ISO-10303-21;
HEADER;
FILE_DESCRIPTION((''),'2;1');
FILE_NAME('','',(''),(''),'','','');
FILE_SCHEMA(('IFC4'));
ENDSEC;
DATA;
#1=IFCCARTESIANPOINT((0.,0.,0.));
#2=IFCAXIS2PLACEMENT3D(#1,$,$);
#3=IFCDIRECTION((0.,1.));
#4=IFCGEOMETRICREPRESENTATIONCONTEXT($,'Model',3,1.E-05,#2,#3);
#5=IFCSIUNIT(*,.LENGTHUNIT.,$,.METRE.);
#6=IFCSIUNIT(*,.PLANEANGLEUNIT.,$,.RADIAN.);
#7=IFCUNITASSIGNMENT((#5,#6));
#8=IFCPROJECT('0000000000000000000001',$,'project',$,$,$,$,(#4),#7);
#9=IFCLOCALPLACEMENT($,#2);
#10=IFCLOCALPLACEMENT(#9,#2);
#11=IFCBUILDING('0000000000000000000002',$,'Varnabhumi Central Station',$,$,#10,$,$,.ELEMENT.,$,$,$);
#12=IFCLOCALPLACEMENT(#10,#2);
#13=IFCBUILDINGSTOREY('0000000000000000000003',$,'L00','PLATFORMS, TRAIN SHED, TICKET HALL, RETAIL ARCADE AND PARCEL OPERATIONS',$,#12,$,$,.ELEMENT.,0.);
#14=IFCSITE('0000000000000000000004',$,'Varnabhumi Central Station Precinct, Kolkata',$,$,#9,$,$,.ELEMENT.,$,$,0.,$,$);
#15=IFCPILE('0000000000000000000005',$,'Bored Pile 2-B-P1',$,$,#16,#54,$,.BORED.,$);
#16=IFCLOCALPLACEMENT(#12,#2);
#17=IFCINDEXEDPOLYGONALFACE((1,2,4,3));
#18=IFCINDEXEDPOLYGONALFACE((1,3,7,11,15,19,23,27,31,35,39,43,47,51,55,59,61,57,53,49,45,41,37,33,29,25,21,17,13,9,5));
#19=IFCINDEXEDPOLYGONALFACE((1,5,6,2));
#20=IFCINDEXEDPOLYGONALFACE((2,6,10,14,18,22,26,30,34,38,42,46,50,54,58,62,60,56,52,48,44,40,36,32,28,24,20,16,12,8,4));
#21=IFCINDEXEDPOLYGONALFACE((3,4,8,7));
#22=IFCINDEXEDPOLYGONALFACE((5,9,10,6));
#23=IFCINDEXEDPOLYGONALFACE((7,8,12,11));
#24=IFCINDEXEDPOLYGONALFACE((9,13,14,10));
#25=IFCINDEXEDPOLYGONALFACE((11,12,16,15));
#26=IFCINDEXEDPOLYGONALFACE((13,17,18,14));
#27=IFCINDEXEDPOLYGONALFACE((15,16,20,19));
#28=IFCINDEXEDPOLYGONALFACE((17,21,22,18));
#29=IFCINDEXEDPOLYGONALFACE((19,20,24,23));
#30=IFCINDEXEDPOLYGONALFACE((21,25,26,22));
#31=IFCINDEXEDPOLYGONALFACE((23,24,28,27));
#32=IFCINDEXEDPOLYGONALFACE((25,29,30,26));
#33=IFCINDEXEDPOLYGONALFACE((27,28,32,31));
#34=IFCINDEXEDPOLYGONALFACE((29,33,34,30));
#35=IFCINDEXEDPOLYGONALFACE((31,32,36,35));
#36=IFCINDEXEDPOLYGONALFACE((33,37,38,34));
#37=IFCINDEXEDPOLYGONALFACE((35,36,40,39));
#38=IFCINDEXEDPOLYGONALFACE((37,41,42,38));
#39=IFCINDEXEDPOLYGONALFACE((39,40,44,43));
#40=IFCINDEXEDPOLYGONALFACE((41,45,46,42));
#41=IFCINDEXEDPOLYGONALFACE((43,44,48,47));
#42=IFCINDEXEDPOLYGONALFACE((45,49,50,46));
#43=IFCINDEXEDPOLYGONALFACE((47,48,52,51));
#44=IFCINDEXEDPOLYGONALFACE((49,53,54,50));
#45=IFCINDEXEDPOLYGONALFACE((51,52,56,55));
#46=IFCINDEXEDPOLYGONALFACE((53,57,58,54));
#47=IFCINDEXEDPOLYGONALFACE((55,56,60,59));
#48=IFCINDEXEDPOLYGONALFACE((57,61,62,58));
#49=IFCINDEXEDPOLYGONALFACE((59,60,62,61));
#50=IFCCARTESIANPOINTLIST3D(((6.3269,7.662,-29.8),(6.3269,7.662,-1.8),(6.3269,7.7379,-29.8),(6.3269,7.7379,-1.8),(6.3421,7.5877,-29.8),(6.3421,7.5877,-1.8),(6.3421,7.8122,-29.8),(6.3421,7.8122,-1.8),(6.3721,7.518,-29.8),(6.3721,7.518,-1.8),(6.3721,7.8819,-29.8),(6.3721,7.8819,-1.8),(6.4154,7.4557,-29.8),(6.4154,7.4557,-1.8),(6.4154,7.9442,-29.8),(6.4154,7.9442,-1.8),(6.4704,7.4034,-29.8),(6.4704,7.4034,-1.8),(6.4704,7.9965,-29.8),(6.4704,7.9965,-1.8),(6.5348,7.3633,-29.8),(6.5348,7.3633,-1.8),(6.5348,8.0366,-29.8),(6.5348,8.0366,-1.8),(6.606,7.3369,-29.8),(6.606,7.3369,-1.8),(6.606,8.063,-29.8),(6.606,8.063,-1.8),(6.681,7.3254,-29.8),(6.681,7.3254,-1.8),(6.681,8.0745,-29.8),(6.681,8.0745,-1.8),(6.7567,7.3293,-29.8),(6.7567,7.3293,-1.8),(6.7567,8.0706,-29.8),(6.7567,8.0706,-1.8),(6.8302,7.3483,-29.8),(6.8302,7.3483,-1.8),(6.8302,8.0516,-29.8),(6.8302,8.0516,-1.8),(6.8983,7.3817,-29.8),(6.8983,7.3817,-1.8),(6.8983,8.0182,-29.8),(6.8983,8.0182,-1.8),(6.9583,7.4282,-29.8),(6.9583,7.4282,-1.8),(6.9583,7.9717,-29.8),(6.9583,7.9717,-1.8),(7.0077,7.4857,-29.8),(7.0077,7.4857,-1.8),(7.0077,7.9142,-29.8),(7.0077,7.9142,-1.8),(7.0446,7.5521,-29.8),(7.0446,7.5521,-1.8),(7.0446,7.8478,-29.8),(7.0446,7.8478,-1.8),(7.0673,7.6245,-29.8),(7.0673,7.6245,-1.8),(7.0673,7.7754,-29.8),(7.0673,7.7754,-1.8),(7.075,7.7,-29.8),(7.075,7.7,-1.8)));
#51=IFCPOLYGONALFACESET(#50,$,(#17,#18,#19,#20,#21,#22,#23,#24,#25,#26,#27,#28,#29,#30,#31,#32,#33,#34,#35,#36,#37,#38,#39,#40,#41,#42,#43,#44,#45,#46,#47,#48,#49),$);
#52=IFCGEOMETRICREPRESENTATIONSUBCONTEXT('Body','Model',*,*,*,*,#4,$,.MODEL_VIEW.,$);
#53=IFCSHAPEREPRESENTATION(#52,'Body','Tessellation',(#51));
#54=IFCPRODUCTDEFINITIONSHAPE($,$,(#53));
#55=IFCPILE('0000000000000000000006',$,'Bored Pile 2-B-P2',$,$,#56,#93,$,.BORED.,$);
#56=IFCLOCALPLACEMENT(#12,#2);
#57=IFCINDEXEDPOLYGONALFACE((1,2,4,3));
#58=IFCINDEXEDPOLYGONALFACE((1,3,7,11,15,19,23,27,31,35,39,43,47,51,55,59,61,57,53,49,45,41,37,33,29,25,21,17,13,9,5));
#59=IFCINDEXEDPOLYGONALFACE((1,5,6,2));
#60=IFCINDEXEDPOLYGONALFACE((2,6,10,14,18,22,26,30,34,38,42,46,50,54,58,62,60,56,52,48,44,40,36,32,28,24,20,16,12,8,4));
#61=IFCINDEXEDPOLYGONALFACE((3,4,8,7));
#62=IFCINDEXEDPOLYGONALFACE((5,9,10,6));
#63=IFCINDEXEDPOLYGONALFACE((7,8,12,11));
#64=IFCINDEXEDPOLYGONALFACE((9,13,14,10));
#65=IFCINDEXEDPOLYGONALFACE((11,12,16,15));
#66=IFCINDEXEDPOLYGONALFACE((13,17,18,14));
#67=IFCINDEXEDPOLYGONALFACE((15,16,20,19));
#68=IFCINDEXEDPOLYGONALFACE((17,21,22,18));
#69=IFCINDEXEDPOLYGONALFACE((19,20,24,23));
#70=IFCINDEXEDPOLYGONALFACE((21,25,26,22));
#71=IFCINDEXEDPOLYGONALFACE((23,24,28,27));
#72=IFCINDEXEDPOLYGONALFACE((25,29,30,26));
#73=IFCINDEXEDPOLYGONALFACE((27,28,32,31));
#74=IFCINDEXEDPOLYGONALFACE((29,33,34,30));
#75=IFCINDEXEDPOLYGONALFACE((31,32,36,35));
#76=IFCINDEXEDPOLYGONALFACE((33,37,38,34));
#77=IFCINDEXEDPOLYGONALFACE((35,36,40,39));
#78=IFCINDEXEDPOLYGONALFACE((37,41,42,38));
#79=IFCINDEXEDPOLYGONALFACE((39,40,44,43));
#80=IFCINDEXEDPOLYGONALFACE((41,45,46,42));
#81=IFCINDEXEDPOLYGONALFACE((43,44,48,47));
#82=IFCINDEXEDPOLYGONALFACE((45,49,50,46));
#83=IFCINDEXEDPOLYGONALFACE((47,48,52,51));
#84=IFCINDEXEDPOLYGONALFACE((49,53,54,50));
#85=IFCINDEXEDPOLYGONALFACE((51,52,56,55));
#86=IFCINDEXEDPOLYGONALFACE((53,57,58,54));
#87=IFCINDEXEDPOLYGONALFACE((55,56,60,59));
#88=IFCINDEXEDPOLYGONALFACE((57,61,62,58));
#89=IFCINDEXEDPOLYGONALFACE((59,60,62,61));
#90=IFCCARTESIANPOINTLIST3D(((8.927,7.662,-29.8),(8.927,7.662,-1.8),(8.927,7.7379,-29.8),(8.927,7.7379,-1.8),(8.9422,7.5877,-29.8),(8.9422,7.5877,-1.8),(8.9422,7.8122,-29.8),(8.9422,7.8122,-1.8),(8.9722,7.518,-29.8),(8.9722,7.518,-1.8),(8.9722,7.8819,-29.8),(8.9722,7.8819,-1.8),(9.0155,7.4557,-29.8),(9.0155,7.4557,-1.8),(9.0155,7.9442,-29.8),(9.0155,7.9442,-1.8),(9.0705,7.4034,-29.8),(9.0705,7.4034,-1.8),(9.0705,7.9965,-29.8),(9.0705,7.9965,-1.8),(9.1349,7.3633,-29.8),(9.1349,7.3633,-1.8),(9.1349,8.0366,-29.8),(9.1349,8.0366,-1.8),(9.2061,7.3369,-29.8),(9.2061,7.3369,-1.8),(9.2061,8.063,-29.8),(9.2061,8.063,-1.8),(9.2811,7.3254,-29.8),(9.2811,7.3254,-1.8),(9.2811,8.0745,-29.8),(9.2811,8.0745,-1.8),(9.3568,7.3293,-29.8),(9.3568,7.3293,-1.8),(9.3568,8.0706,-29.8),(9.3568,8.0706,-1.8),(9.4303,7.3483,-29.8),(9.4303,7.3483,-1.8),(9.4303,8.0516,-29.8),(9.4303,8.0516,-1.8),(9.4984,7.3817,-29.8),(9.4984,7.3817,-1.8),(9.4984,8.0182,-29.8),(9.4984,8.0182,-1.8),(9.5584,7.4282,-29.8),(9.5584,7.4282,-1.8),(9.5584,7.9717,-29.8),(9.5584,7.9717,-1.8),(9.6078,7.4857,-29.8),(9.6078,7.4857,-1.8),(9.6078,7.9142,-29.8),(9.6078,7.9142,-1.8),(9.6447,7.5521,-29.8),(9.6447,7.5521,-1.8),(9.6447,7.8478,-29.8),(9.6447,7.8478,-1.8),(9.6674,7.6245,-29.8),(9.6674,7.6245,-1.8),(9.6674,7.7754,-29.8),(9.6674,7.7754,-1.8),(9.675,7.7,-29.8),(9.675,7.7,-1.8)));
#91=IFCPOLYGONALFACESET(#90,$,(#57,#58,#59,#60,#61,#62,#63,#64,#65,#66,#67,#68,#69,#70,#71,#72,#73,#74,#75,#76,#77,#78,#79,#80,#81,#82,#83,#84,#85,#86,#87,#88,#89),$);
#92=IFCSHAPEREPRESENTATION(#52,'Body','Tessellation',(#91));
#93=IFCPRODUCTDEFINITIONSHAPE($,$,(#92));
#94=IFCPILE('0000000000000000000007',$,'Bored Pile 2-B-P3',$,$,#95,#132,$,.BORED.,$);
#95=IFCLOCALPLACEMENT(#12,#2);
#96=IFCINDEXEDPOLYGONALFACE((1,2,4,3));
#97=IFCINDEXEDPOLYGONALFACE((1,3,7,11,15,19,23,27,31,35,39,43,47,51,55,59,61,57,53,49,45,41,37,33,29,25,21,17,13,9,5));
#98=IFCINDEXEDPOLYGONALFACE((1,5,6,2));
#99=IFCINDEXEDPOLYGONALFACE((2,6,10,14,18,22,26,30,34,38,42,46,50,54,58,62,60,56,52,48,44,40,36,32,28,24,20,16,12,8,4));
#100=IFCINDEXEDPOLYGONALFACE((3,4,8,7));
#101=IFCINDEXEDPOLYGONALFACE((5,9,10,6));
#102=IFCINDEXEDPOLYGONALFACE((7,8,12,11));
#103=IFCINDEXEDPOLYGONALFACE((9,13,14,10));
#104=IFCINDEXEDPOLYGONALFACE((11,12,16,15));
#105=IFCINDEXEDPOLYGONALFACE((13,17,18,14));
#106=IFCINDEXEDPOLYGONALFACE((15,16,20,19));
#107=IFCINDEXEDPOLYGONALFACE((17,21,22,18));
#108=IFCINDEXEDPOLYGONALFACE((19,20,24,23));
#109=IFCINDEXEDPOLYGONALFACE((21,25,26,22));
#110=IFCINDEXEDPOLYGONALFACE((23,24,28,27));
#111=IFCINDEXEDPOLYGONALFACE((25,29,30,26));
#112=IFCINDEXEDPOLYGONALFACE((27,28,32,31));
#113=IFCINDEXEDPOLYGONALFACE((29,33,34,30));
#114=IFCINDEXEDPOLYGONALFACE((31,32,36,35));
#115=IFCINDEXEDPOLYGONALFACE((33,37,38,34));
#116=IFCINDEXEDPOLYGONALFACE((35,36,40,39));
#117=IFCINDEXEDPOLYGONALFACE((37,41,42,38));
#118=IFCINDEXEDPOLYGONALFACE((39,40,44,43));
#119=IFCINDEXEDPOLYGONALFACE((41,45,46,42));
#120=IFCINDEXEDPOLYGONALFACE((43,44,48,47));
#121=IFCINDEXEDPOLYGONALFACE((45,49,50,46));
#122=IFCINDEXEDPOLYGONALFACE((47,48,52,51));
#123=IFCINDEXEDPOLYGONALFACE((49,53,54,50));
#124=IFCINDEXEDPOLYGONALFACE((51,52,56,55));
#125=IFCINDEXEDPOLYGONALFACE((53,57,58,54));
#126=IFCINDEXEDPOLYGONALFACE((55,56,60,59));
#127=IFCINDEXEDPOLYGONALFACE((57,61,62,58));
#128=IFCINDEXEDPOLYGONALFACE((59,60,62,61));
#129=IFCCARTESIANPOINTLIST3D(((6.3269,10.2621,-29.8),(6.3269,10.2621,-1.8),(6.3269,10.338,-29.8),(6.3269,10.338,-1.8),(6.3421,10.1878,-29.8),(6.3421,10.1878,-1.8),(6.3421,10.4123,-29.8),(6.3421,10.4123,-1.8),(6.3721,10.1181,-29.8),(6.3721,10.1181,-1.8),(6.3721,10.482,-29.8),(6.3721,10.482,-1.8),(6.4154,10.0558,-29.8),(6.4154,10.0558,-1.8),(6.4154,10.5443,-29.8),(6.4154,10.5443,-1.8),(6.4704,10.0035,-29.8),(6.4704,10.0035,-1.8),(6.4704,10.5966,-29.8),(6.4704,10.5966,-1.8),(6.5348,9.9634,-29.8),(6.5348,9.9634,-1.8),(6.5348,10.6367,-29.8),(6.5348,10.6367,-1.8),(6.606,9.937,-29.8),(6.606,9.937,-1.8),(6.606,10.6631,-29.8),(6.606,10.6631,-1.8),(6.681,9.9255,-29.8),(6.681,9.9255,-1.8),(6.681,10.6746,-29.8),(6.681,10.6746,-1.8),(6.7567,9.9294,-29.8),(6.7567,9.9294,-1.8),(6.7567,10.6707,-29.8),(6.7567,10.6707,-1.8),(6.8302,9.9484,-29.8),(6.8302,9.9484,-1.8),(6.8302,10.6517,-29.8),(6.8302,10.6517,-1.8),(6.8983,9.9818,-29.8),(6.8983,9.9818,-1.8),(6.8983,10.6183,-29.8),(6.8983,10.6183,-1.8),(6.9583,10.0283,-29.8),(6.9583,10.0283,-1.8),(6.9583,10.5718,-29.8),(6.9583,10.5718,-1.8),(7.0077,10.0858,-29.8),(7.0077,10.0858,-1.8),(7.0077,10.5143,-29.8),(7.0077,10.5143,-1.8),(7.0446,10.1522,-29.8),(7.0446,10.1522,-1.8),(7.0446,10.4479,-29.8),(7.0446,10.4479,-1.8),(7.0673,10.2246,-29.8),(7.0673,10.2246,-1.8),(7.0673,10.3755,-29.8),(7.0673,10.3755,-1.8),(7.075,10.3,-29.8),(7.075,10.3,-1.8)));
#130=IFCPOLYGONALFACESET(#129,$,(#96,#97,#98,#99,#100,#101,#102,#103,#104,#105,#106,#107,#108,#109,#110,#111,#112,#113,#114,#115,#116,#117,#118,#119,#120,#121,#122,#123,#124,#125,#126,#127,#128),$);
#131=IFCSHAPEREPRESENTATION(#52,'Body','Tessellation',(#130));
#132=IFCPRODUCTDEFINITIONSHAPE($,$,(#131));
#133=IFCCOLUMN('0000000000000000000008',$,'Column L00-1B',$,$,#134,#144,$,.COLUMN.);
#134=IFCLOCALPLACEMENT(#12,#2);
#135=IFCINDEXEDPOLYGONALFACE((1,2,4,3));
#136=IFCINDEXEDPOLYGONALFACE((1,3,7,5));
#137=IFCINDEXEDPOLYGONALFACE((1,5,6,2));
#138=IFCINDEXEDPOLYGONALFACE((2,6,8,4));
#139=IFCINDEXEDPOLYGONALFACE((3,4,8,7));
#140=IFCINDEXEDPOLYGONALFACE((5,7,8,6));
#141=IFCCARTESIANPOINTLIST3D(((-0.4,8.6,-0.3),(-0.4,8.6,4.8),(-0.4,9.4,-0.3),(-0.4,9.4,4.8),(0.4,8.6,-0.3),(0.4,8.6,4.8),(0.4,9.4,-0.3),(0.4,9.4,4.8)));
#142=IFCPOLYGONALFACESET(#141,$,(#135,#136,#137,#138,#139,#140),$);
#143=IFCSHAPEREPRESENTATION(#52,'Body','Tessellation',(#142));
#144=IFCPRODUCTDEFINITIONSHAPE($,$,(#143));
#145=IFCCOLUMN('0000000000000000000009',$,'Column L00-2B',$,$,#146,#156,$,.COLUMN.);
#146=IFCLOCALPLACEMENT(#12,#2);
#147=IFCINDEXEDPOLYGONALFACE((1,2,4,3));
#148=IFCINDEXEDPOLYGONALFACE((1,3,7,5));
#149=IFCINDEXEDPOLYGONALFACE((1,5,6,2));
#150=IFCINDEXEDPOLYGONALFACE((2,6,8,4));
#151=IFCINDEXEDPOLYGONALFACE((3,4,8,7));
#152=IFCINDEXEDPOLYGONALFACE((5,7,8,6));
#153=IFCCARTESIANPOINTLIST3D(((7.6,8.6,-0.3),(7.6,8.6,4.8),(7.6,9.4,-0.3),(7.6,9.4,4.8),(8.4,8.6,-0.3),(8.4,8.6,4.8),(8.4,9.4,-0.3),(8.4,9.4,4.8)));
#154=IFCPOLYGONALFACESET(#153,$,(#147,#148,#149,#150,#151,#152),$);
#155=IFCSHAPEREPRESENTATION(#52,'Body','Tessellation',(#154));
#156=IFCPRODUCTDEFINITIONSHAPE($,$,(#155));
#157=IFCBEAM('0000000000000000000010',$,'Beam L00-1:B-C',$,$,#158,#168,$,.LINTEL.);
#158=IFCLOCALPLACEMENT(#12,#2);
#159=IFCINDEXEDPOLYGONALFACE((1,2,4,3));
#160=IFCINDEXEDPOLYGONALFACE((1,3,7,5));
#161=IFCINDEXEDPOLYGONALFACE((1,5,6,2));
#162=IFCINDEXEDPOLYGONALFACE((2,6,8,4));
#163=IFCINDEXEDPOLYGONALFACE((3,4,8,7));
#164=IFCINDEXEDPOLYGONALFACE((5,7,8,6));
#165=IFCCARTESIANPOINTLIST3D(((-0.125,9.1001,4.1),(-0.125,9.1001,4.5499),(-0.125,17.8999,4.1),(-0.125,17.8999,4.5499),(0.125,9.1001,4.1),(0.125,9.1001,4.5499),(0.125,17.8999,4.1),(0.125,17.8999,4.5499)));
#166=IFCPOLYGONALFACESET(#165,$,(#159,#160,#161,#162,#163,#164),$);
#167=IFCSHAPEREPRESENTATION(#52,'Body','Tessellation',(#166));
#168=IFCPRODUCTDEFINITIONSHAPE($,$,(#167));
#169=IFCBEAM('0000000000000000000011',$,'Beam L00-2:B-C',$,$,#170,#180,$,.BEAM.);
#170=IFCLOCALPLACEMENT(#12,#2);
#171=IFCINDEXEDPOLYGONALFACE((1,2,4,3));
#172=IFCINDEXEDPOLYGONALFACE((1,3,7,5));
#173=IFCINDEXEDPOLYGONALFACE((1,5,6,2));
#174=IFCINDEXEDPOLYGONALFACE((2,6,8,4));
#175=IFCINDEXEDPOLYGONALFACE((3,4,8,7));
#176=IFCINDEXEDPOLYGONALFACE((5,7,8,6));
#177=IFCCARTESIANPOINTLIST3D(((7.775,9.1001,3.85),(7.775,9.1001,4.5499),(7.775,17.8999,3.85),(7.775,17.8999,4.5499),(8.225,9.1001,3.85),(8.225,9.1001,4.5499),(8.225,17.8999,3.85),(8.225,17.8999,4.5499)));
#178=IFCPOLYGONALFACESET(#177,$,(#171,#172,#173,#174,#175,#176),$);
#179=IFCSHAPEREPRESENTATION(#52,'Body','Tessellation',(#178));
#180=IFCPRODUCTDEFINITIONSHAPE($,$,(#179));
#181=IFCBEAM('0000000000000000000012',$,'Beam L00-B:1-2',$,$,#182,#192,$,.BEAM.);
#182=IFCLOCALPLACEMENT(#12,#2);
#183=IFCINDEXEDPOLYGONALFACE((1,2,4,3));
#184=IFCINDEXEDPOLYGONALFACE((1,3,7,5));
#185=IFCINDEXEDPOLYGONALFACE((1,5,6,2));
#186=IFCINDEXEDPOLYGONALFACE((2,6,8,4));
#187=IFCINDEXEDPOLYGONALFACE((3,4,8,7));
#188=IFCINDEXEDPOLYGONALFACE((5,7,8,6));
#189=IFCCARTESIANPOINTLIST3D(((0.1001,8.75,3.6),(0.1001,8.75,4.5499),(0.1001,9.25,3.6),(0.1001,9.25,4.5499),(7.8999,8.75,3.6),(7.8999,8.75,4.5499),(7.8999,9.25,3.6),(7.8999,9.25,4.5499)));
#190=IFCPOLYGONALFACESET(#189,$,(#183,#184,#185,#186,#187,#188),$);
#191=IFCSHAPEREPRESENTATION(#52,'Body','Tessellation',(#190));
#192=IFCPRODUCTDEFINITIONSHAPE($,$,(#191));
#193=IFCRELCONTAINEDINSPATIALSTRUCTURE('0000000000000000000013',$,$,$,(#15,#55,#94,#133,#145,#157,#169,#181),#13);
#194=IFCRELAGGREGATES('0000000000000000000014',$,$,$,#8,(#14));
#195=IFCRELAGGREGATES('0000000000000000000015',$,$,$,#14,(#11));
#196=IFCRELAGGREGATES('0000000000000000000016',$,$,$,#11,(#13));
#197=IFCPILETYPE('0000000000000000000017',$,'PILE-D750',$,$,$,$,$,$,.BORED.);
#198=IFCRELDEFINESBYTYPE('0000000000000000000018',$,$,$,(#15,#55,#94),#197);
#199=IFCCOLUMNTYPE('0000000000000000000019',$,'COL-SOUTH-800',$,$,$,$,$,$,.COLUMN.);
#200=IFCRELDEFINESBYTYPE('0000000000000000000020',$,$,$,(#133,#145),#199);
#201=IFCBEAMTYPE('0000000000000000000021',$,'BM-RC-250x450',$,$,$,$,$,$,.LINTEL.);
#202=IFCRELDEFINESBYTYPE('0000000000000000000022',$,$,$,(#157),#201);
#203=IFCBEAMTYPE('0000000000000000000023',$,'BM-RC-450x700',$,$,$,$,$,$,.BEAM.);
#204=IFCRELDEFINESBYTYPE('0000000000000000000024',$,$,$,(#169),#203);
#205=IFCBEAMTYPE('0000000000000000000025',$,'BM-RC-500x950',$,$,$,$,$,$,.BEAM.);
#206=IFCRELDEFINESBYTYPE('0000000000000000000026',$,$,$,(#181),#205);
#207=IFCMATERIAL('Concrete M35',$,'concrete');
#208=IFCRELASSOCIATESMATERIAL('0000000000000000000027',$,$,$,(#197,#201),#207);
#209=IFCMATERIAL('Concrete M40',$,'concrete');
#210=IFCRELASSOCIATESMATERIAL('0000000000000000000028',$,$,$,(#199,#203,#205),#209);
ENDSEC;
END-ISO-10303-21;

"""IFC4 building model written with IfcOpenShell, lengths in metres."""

from ifc_helpers import new_model, si_unit, direction, frame, origin, origin_2d, place, context, subcontext, project, spatial, rectangle, circle, extrude, material, material_profile, profile_set, type_object, element, save


model = new_model("IFC4")

# Units and contexts
model_context = context("Model", 3, precision=1e-05, world=origin(), true_north=direction((0.0, 1.0)))
body_context = subcontext(model_context, "Body", "Model", "MODEL_VIEW")
ifc_project = project(units=[si_unit("LENGTHUNIT", "METRE"), si_unit("PLANEANGLEUNIT", "RADIAN")], contexts=[model_context])

# Site, building, storey
site_placement = place(None, origin())
site = spatial("IfcSite", under=ifc_project, at=site_placement, Name="Varnabhumi Central Station Precinct, Kolkata", CompositionType="ELEMENT", RefElevation=0.0)
building_placement = place(site_placement, origin())
building = spatial("IfcBuilding", under=site, at=building_placement, Name="Varnabhumi Central Station", CompositionType="ELEMENT")
storey_placement = place(building_placement, origin())
storey = spatial("IfcBuildingStorey", under=building, at=storey_placement, Name="L00", Description="PLATFORMS, TRAIN SHED, TICKET HALL, RETAIL ARCADE AND PARCEL OPERATIONS", CompositionType="ELEMENT", Elevation=0.0)

# Shared definitions
ifc_material_1 = material(Name="Concrete M40", Category="concrete")

# Piles
ifc_material_2 = material(Name="Concrete M35", Category="concrete")
ifc_material_profile_1 = material_profile(ifc_material_2, circle(Radius=0.375, at=origin_2d()), Name="Concrete M35", Category="concrete")
ifc_profile_set_1 = profile_set([ifc_material_profile_1], Name="Concrete M35")
pile_type = type_object("IfcPileType", Name="PILE-D750", PredefinedType="BORED", material=ifc_profile_set_1)
for number, where, z_axis, x_axis, name in (
    (1, (6.7, 7.7, -1.8), (0.0, 0.0, -1.0), (1.0, 0.0, 0.0), "Bored Pile 2-B-P1"),
    (2, (9.3, 7.7, -1.8), (0.0, 0.0, -1.0), (1.0, 0.0, 0.0), "Bored Pile 2-B-P2"),
    (3, (6.7, 10.3, -1.8), (0.0, 0.0, -1.0), (1.0, 0.0, 0.0), "Bored Pile 2-B-P3"),
):
    element("IfcPile", number, at=place(storey_placement, frame(where, z_axis=z_axis, x_axis=x_axis)), inside=storey, type_object=pile_type, Name=name, PredefinedType="BORED", context=body_context, shape_type="SweptSolid", body=[
        extrude(circle(Radius=0.375, at=origin_2d()), origin(), (0.0, 0.0, 1.0), 28.0),
    ])

# Columns
ifc_material_profile_2 = material_profile(ifc_material_1, rectangle(XDim=0.8, YDim=0.8, at=origin_2d()), Name="Concrete M40", Category="concrete")
ifc_profile_set_2 = profile_set([ifc_material_profile_2], Name="Concrete M40")
column_type = type_object("IfcColumnType", Name="COL-SOUTH-800", PredefinedType="COLUMN", material=ifc_profile_set_2)
for number, where, z_axis, x_axis, name in (
    (4, (0.0, 9.0, -0.3), (0.0, 0.0, 1.0), (1.0, 0.0, 0.0), "Column L00-1B"),
    (5, (8.0, 9.0, -0.3), (0.0, 0.0, 1.0), (1.0, 0.0, 0.0), "Column L00-2B"),
):
    element("IfcColumn", number, at=place(storey_placement, frame(where, z_axis=z_axis, x_axis=x_axis)), inside=storey, type_object=column_type, Name=name, PredefinedType="COLUMN", context=body_context, shape_type="SweptSolid", body=[
        extrude(rectangle(XDim=0.8, YDim=0.8, at=origin_2d()), origin(), (0.0, 0.0, 1.0), 5.1001),
    ])

# Beams
ifc_material_profile_3 = material_profile(ifc_material_2, rectangle(XDim=0.25, YDim=0.45, at=origin_2d()), Name="Concrete M35", Category="concrete")
ifc_profile_set_3 = profile_set([ifc_material_profile_3], Name="Concrete M35")
beam_type_1 = type_object("IfcBeamType", Name="BM-RC-250x450", PredefinedType="LINTEL", material=ifc_profile_set_3)
beam_1_placement = place(storey_placement, frame((0.0, 9.1001, 4.325), z_axis=(0.0, 1.0, 0.0), x_axis=(-1.0, 0.0, 0.0)))
element("IfcBeam", 6, at=beam_1_placement, inside=storey, type_object=beam_type_1, Name="Beam L00-1:B-C", PredefinedType="LINTEL", context=body_context, shape_type="SweptSolid", body=[
    extrude(rectangle(XDim=0.25, YDim=0.45, at=origin_2d()), origin(), (0.0, 0.0, 1.0), 8.7998),
])
ifc_material_profile_4 = material_profile(ifc_material_1, rectangle(XDim=0.45, YDim=0.7, at=origin_2d()), Name="Concrete M40", Category="concrete")
ifc_profile_set_4 = profile_set([ifc_material_profile_4], Name="Concrete M40")
beam_type_2 = type_object("IfcBeamType", Name="BM-RC-450x700", PredefinedType="BEAM", material=ifc_profile_set_4)
beam_2_placement = place(storey_placement, frame((8.0, 9.1001, 4.2), z_axis=(0.0, 1.0, 0.0), x_axis=(-1.0, 0.0, 0.0)))
element("IfcBeam", 7, at=beam_2_placement, inside=storey, type_object=beam_type_2, Name="Beam L00-2:B-C", PredefinedType="BEAM", context=body_context, shape_type="SweptSolid", body=[
    extrude(rectangle(XDim=0.45, YDim=0.7, at=origin_2d()), origin(), (0.0, 0.0, 1.0), 8.7998),
])
ifc_material_profile_5 = material_profile(ifc_material_1, rectangle(XDim=0.5, YDim=0.95, at=origin_2d()), Name="Concrete M40", Category="concrete")
ifc_profile_set_5 = profile_set([ifc_material_profile_5], Name="Concrete M40")
beam_type_3 = type_object("IfcBeamType", Name="BM-RC-500x950", PredefinedType="BEAM", material=ifc_profile_set_5)
for number, where, z_axis, x_axis, name in (
    (8, (0.1001, 9.0, 4.075), (1.0, 0.0, 0.0), (0.0, 1.0, 0.0), "Beam L00-B:1-2"),
):
    element("IfcBeam", number, at=place(storey_placement, frame(where, z_axis=z_axis, x_axis=x_axis)), inside=storey, type_object=beam_type_3, Name=name, PredefinedType="BEAM", context=body_context, shape_type="SweptSolid", body=[
        extrude(rectangle(XDim=0.5, YDim=0.95, at=origin_2d()), origin(), (0.0, 0.0, 1.0), 7.7998),
    ])

save(model, "model.ifc")
